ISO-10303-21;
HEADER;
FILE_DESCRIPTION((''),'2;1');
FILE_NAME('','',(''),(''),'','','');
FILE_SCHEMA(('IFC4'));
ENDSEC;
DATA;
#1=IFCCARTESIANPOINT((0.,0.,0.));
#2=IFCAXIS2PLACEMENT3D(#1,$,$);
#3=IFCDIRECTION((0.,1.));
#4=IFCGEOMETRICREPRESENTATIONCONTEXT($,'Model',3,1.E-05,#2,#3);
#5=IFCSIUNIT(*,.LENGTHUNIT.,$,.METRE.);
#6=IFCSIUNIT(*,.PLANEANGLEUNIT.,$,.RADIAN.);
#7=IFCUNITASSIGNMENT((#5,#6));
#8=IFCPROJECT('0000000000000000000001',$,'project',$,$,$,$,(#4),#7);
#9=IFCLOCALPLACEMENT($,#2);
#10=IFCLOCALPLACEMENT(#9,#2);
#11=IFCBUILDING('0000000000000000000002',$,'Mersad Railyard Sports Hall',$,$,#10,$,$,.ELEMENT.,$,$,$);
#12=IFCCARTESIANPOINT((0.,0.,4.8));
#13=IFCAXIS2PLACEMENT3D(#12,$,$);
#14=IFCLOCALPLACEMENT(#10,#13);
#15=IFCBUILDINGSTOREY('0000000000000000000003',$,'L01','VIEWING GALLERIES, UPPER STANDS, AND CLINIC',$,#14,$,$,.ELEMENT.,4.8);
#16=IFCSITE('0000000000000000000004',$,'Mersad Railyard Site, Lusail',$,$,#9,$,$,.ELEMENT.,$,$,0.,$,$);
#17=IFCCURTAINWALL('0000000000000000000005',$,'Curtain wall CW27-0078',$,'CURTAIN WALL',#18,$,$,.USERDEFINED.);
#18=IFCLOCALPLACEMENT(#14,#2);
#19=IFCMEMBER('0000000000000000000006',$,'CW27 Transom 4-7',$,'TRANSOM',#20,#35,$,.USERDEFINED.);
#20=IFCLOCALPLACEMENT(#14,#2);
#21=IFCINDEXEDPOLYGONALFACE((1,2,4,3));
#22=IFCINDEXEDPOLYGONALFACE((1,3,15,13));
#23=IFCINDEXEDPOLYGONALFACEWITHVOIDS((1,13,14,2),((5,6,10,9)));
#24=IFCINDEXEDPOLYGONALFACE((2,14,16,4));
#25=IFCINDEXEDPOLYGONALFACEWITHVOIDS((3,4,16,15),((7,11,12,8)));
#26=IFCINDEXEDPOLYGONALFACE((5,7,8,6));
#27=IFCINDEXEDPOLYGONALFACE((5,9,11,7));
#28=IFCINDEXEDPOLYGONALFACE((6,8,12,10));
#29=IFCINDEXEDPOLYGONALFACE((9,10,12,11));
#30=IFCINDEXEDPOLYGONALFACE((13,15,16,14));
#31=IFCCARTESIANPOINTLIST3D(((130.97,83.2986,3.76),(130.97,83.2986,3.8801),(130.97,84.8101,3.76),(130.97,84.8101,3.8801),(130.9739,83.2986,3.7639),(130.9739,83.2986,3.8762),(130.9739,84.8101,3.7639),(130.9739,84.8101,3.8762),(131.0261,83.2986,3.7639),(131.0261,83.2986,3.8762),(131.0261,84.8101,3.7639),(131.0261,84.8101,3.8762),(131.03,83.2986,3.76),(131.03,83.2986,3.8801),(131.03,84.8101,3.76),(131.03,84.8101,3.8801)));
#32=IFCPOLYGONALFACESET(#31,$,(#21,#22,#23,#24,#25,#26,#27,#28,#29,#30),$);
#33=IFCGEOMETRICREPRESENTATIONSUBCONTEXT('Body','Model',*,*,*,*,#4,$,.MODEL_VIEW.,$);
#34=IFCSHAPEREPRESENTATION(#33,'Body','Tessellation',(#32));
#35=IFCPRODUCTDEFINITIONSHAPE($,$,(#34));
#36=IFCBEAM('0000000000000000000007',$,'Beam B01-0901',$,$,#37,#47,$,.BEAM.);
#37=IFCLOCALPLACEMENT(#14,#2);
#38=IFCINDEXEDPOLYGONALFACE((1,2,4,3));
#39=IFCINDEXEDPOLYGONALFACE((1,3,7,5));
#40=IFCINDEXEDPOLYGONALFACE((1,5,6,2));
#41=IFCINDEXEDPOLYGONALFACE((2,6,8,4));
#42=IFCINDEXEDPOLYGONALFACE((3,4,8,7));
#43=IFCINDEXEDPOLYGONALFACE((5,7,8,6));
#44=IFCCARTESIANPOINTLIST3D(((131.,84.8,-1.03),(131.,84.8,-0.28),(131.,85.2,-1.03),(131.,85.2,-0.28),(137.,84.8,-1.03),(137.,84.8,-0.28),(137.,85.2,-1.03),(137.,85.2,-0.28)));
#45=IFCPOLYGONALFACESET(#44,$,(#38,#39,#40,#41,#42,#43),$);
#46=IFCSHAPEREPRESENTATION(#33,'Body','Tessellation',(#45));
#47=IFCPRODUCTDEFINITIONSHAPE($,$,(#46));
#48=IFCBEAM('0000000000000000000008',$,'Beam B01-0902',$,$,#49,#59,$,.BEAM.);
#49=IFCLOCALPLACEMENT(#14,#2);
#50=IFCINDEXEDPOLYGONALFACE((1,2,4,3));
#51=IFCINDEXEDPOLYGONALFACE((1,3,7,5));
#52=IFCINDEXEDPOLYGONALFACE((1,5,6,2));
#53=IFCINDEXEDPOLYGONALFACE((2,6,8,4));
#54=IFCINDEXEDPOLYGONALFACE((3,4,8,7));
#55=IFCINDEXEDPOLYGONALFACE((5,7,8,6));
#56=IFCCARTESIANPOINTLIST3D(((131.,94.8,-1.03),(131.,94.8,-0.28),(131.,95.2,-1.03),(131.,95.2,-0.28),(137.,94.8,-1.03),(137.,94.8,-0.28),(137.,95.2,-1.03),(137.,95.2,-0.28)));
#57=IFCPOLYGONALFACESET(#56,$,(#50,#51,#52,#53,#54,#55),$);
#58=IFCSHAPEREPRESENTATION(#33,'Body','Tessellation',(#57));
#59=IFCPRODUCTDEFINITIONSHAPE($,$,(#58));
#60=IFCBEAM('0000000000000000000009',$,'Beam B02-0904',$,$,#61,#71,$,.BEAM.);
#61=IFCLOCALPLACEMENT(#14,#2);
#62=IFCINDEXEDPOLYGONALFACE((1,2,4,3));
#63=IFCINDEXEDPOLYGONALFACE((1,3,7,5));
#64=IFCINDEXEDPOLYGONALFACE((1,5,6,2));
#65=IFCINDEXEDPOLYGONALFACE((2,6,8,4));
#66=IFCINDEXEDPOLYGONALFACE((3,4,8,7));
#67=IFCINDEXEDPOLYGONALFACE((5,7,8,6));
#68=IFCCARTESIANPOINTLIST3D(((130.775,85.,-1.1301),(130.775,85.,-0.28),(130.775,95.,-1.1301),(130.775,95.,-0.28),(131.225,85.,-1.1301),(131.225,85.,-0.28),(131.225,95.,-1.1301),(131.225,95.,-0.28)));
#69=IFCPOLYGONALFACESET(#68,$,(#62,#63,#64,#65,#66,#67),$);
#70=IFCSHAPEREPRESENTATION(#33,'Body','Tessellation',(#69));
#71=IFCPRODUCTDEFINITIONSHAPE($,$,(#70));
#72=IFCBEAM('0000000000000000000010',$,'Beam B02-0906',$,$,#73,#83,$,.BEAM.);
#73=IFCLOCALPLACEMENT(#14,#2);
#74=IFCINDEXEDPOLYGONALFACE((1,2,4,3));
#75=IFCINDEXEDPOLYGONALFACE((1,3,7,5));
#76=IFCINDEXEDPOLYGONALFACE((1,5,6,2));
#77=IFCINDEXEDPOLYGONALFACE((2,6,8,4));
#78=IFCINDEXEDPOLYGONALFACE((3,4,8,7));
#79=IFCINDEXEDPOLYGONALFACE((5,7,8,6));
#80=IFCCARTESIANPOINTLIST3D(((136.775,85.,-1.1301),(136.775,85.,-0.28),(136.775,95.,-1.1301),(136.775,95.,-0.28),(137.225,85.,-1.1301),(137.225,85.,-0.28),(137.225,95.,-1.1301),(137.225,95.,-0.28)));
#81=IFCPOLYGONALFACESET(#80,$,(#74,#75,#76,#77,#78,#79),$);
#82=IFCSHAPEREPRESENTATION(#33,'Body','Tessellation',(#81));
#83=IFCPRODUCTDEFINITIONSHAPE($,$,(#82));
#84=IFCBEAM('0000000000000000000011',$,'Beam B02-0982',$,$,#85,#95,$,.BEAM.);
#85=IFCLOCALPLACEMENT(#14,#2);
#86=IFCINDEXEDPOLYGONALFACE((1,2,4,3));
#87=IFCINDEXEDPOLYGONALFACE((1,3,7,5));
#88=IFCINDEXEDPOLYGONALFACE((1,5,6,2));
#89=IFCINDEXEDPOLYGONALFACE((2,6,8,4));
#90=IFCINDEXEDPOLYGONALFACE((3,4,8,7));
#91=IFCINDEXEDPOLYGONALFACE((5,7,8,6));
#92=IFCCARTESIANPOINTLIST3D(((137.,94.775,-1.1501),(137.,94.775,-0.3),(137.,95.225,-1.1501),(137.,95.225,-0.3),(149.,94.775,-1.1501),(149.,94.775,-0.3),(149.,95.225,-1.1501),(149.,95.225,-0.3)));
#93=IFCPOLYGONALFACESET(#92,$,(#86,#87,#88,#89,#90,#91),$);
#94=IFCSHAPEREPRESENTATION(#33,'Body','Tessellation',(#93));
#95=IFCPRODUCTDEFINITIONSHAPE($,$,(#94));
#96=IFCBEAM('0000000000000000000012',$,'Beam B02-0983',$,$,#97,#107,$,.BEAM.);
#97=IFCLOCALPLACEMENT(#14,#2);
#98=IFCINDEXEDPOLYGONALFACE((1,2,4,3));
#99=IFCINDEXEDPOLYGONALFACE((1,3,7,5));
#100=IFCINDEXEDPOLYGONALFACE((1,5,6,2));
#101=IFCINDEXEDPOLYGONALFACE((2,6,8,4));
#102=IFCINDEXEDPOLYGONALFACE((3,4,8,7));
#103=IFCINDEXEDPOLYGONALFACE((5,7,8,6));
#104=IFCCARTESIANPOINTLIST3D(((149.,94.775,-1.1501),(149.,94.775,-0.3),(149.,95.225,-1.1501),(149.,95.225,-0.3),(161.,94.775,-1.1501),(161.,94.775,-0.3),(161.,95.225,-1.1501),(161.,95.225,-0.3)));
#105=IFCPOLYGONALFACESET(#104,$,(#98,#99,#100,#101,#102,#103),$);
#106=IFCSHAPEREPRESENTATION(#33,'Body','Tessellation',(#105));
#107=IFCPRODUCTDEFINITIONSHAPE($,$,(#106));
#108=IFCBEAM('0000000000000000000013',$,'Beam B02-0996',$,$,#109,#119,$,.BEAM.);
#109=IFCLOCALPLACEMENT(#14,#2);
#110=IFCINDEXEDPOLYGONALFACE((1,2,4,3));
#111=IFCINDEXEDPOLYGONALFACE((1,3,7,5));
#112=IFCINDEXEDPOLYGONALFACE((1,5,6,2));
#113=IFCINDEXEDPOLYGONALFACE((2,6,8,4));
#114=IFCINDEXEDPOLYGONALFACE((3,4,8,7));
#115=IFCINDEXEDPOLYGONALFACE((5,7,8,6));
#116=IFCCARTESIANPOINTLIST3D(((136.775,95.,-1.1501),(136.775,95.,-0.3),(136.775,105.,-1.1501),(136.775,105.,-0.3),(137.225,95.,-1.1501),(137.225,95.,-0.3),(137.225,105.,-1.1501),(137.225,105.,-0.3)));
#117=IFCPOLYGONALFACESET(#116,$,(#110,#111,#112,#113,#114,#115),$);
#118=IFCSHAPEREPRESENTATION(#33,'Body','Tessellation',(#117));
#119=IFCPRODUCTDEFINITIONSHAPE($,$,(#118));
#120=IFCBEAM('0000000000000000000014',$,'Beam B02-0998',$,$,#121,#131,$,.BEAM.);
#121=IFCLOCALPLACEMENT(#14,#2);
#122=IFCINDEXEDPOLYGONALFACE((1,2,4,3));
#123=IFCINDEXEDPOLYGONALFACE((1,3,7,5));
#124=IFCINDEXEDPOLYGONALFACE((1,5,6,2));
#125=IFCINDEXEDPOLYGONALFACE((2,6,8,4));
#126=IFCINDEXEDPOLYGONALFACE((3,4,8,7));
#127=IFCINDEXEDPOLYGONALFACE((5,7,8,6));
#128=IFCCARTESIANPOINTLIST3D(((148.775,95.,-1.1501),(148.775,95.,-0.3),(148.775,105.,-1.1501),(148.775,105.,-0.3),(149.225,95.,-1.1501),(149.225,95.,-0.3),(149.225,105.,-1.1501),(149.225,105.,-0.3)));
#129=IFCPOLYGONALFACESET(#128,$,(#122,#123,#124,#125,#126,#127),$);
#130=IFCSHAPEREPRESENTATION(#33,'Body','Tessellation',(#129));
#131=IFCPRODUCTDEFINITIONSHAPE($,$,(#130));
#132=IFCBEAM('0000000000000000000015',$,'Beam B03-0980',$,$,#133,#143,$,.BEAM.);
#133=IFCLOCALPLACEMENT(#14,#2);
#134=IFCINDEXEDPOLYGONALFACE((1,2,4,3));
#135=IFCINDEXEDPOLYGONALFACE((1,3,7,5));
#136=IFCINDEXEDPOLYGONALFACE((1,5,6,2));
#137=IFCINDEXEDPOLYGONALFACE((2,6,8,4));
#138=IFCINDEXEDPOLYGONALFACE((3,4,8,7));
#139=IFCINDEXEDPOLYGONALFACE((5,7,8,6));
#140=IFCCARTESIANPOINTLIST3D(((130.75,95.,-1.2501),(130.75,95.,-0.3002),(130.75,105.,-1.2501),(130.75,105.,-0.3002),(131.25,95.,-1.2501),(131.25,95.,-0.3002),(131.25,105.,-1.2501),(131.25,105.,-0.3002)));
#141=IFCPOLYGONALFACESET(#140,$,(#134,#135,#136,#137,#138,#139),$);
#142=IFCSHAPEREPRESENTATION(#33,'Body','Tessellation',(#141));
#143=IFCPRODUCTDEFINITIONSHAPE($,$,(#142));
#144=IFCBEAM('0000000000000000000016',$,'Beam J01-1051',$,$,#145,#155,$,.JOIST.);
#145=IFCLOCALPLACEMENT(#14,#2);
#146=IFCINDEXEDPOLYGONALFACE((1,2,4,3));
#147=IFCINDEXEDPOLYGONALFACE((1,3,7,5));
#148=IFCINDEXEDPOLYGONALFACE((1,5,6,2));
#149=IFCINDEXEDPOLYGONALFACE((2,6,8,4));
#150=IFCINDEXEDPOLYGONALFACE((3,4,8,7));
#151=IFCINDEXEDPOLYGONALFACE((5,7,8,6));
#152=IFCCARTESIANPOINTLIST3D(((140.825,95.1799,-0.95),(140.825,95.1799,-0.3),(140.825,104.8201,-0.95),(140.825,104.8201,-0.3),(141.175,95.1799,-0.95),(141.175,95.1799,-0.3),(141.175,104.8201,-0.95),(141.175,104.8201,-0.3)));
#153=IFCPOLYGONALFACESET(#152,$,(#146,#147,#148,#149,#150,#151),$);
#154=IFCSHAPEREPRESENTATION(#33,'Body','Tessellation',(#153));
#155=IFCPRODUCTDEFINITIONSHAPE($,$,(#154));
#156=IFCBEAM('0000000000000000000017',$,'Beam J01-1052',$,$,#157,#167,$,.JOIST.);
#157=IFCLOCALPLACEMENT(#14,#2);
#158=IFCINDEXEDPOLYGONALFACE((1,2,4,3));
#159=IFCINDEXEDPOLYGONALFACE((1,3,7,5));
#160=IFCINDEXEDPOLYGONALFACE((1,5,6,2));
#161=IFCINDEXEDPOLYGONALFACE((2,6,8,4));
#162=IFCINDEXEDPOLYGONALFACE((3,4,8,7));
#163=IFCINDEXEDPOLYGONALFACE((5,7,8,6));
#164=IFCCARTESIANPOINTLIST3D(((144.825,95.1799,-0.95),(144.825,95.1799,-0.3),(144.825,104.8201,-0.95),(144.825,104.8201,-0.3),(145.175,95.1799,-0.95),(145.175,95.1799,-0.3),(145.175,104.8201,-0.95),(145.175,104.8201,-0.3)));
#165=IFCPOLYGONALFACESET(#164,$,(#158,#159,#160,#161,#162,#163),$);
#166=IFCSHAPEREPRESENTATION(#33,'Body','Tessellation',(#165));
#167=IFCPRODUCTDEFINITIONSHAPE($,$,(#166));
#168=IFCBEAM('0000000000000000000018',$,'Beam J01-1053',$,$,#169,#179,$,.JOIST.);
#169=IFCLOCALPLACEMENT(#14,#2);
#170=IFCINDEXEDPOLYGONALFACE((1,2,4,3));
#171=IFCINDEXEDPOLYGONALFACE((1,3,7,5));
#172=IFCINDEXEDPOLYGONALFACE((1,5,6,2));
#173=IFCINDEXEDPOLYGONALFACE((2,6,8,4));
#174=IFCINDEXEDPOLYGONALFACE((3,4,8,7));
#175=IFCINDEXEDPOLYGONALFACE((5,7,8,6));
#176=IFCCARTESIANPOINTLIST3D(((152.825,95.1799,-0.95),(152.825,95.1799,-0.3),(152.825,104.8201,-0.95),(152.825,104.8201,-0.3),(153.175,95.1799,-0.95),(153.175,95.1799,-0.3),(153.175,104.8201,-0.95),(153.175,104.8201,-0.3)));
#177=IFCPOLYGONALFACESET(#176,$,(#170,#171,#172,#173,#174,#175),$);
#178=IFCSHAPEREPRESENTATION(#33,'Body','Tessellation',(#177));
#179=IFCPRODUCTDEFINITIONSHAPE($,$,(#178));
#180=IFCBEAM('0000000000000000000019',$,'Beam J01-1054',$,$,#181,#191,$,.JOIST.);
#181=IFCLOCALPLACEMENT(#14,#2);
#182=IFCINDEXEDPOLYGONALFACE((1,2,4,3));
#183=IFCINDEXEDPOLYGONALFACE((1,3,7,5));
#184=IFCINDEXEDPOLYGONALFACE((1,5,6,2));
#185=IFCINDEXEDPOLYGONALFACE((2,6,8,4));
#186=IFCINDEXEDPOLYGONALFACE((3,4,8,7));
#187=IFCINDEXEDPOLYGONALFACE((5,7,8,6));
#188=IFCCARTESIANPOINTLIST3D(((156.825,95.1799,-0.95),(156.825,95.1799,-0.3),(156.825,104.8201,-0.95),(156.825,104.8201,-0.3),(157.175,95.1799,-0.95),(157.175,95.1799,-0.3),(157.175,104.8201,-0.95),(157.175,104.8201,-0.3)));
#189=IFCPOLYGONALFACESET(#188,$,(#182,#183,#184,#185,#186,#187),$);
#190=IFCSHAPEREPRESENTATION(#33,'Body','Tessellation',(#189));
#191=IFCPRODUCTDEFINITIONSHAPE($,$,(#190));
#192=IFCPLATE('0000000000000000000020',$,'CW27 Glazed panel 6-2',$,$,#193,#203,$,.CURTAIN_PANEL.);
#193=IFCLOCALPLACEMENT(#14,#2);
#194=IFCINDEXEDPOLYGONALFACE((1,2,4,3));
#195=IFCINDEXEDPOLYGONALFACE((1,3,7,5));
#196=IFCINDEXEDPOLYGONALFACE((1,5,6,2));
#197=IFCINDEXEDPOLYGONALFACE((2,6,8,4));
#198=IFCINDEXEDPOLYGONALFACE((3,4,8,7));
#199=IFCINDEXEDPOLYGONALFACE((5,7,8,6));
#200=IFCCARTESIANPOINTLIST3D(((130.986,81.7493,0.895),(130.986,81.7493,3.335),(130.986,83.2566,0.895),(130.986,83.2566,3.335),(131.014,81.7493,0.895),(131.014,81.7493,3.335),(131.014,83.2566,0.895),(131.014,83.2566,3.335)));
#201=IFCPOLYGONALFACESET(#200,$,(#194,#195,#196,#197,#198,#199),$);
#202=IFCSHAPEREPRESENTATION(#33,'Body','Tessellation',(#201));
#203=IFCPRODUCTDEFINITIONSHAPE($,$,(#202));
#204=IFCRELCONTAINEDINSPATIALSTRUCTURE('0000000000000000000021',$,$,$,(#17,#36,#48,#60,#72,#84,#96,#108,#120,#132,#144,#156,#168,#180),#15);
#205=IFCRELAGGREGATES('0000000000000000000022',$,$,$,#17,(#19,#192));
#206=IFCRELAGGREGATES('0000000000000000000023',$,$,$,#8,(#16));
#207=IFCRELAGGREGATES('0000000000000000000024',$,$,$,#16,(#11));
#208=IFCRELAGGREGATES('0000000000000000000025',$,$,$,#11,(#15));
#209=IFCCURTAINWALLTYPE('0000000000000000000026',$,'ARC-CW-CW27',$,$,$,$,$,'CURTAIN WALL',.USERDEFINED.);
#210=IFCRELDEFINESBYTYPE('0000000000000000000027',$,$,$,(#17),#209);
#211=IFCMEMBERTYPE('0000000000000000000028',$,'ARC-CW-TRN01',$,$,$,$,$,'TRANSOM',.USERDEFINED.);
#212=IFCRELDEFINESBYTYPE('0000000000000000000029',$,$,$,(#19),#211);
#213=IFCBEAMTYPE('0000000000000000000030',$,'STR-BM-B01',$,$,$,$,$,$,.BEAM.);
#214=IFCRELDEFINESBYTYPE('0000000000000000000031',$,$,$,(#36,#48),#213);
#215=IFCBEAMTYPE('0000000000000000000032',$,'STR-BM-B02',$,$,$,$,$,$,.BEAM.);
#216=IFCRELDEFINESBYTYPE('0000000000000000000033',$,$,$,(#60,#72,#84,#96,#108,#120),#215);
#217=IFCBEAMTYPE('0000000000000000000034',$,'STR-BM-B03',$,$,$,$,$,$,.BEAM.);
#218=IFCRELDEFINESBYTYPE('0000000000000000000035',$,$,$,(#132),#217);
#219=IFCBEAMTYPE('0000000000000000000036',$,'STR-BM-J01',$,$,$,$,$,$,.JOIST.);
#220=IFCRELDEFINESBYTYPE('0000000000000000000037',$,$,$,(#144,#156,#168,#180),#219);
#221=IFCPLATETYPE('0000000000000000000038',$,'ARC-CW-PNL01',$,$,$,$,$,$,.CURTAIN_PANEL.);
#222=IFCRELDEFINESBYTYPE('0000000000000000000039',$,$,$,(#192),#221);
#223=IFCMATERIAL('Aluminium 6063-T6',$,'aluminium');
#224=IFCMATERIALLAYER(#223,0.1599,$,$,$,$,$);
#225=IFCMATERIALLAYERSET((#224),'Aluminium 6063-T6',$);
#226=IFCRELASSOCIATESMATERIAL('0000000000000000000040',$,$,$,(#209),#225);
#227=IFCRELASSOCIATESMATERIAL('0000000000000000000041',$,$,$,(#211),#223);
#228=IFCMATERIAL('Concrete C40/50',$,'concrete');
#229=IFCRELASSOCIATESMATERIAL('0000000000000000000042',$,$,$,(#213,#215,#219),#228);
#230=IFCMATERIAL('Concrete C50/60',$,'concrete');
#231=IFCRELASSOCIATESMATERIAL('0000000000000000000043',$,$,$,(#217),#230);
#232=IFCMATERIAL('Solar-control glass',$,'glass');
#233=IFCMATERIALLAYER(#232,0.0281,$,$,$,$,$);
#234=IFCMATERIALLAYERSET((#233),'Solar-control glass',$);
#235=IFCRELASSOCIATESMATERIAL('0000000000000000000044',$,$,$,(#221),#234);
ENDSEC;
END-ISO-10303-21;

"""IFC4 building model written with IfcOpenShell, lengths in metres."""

from ifc_helpers import new_model, si_unit, direction, frame, origin, origin_2d, place, context, subcontext, project, spatial, rectangle, hollow_rectangle, extrude, material, layer, layer_set, material_profile, profile_set, type_object, element, aggregate, save


model = new_model("IFC4")

# Units and contexts
model_context = context("Model", 3, precision=1e-05, world=origin(), true_north=direction((0.0, 1.0)))
body_context = subcontext(model_context, "Body", "Model", "MODEL_VIEW")
ifc_project = project(units=[si_unit("LENGTHUNIT", "METRE"), si_unit("PLANEANGLEUNIT", "RADIAN")], contexts=[model_context])

# Site, building, storey
site_placement = place(None, origin())
site = spatial("IfcSite", under=ifc_project, at=site_placement, Name="Mersad Railyard Site, Lusail", CompositionType="ELEMENT", RefElevation=0.0)
building_placement = place(site_placement, origin())
building = spatial("IfcBuilding", under=site, at=building_placement, Name="Mersad Railyard Sports Hall", CompositionType="ELEMENT")
storey_placement = place(building_placement, frame((0.0, 0.0, 4.8)))
storey = spatial("IfcBuildingStorey", under=building, at=storey_placement, Name="L01", Description="VIEWING GALLERIES, UPPER STANDS, AND CLINIC", CompositionType="ELEMENT", Elevation=4.8)

# Shared definitions
ifc_material_1 = material(Name="Concrete C50/60", Category="concrete")
ifc_material_2 = material(Name="Concrete C40/50", Category="concrete")

# Curtain wall, member
ifc_material_3 = material(Name="Aluminium 6063-T6", Category="aluminium")
ifc_layer_1 = layer(ifc_material_3, 0.1599)
ifc_layer_set_1 = layer_set([ifc_layer_1], Name="Aluminium 6063-T6")
curtain_wall_type = type_object("IfcCurtainWallType", Name="ARC-CW-CW27", ElementType="CURTAIN WALL", PredefinedType="USERDEFINED", material=ifc_layer_set_1)
curtain_wall_placement = place(storey_placement, origin())
curtain_wall = element("IfcCurtainWall", 1, at=curtain_wall_placement, inside=storey, type_object=curtain_wall_type, Name="Curtain wall CW27-0078", ObjectType="CURTAIN WALL", PredefinedType="USERDEFINED")
ifc_material_profile_1 = material_profile(ifc_material_3, hollow_rectangle(XDim=0.0601, YDim=0.1201, WallThickness=0.0039, at=origin_2d()), Name="AL TRANSOM 60x120x4")
ifc_profile_set_1 = profile_set([ifc_material_profile_1], Name="Aluminium 6063-T6")
member_type_1 = type_object("IfcMemberType", Name="ARC-CW-TRN01", ElementType="TRANSOM", PredefinedType="USERDEFINED", material=ifc_profile_set_1)
member_1_placement = place(storey_placement, frame((131.0, 83.2986, 3.8201), z_axis=(0.0, 1.0, 0.0), x_axis=(-1.0, 0.0, 0.0)))
member_1 = element("IfcMember", 2, at=member_1_placement, type_object=member_type_1, Name="CW27 Transom 4-7", ObjectType="TRANSOM", PredefinedType="USERDEFINED", context=body_context, shape_type="SweptSolid", body=[
    extrude(hollow_rectangle(XDim=0.0601, YDim=0.1201, WallThickness=0.0039, at=origin_2d()), origin(), (0.0, 0.0, 1.0), 1.5115),
])

# Beams
ifc_material_profile_2 = material_profile(ifc_material_2, rectangle(XDim=0.3999, YDim=0.75, at=origin_2d()), Name="RC 400x750")
ifc_profile_set_2 = profile_set([ifc_material_profile_2], Name="Concrete C40/50")
beam_type_1 = type_object("IfcBeamType", Name="STR-BM-B01", PredefinedType="BEAM", material=ifc_profile_set_2)
for number, where, z_axis, x_axis, name in (
    (3, (131.0, 85.0, -0.655), (1.0, 0.0, 0.0), (0.0, 1.0, 0.0), "Beam B01-0901"),
    (4, (131.0, 95.0, -0.655), (1.0, 0.0, 0.0), (0.0, 1.0, 0.0), "Beam B01-0902"),
):
    element("IfcBeam", number, at=place(storey_placement, frame(where, z_axis=z_axis, x_axis=x_axis)), inside=storey, type_object=beam_type_1, Name=name, PredefinedType="BEAM", context=body_context, shape_type="SweptSolid", body=[
        extrude(rectangle(XDim=0.3999, YDim=0.75, at=origin_2d()), origin(), (0.0, 0.0, 1.0), 6.0),
    ])
ifc_material_profile_3 = material_profile(ifc_material_2, rectangle(XDim=0.45, YDim=0.8501, at=origin_2d()), Name="RC 450x850")
ifc_profile_set_3 = profile_set([ifc_material_profile_3], Name="Concrete C40/50")
beam_type_2 = type_object("IfcBeamType", Name="STR-BM-B02", PredefinedType="BEAM", material=ifc_profile_set_3)
for number, where, z_axis, x_axis, name in (
    (5, (131.0, 85.0, -0.7051), (0.0, 1.0, 0.0), (-1.0, 0.0, 0.0), "Beam B02-0904"),
    (6, (137.0, 85.0, -0.7051), (0.0, 1.0, 0.0), (-1.0, 0.0, 0.0), "Beam B02-0906"),
):
    element("IfcBeam", number, at=place(storey_placement, frame(where, z_axis=z_axis, x_axis=x_axis)), inside=storey, type_object=beam_type_2, Name=name, PredefinedType="BEAM", context=body_context, shape_type="SweptSolid", body=[
        extrude(rectangle(XDim=0.45, YDim=0.8501, at=origin_2d()), origin(), (0.0, 0.0, 1.0), 10.0),
    ])
for number, where, z_axis, x_axis, name in (
    (7, (137.0, 95.0, -0.7251), (1.0, 0.0, 0.0), (0.0, 1.0, 0.0), "Beam B02-0982"),
    (8, (149.0, 95.0, -0.7251), (1.0, 0.0, 0.0), (0.0, 1.0, 0.0), "Beam B02-0983"),
):
    element("IfcBeam", number, at=place(storey_placement, frame(where, z_axis=z_axis, x_axis=x_axis)), inside=storey, type_object=beam_type_2, Name=name, PredefinedType="BEAM", context=body_context, shape_type="SweptSolid", body=[
        extrude(rectangle(XDim=0.45, YDim=0.8501, at=origin_2d()), origin(), (0.0, 0.0, 1.0), 12.0),
    ])
for number, where, z_axis, x_axis, name in (
    (9, (137.0, 95.0, -0.7251), (0.0, 1.0, 0.0), (-1.0, 0.0, 0.0), "Beam B02-0996"),
    (10, (149.0, 95.0, -0.7251), (0.0, 1.0, 0.0), (-1.0, 0.0, 0.0), "Beam B02-0998"),
):
    element("IfcBeam", number, at=place(storey_placement, frame(where, z_axis=z_axis, x_axis=x_axis)), inside=storey, type_object=beam_type_2, Name=name, PredefinedType="BEAM", context=body_context, shape_type="SweptSolid", body=[
        extrude(rectangle(XDim=0.45, YDim=0.8501, at=origin_2d()), origin(), (0.0, 0.0, 1.0), 10.0),
    ])
ifc_material_profile_4 = material_profile(ifc_material_1, rectangle(XDim=0.5, YDim=0.95, at=origin_2d()), Name="RC 500x950")
ifc_profile_set_4 = profile_set([ifc_material_profile_4], Name="Concrete C50/60")
beam_type_3 = type_object("IfcBeamType", Name="STR-BM-B03", PredefinedType="BEAM", material=ifc_profile_set_4)
beam_placement = place(storey_placement, frame((131.0, 95.0, -0.7751), z_axis=(0.0, 1.0, 0.0), x_axis=(-1.0, 0.0, 0.0)))
element("IfcBeam", 11, at=beam_placement, inside=storey, type_object=beam_type_3, Name="Beam B03-0980", PredefinedType="BEAM", context=body_context, shape_type="SweptSolid", body=[
    extrude(rectangle(XDim=0.5, YDim=0.95, at=origin_2d()), origin(), (0.0, 0.0, 1.0), 10.0),
])
ifc_material_profile_5 = material_profile(ifc_material_2, rectangle(XDim=0.3501, YDim=0.6499, at=origin_2d()), Name="RC 350x650")
ifc_profile_set_5 = profile_set([ifc_material_profile_5], Name="Concrete C40/50")
beam_type_4 = type_object("IfcBeamType", Name="STR-BM-J01", PredefinedType="JOIST", material=ifc_profile_set_5)
for number, where, z_axis, x_axis, name in (
    (12, (141.0, 95.1799, -0.625), (0.0, 1.0, 0.0), (-1.0, 0.0, 0.0), "Beam J01-1051"),
    (13, (145.0, 95.1799, -0.625), (0.0, 1.0, 0.0), (-1.0, 0.0, 0.0), "Beam J01-1052"),
    (14, (153.0, 95.1799, -0.625), (0.0, 1.0, 0.0), (-1.0, 0.0, 0.0), "Beam J01-1053"),
    (15, (157.0, 95.1799, -0.625), (0.0, 1.0, 0.0), (-1.0, 0.0, 0.0), "Beam J01-1054"),
):
    element("IfcBeam", number, at=place(storey_placement, frame(where, z_axis=z_axis, x_axis=x_axis)), inside=storey, type_object=beam_type_4, Name=name, PredefinedType="JOIST", context=body_context, shape_type="SweptSolid", body=[
        extrude(rectangle(XDim=0.3501, YDim=0.6499, at=origin_2d()), origin(), (0.0, 0.0, 1.0), 9.6401),
    ])

# Plate
ifc_material_4 = material(Name="Solar-control glass", Category="glass")
ifc_layer_2 = layer(ifc_material_4, 0.0281)
ifc_layer_set_2 = layer_set([ifc_layer_2], Name="Solar-control glass")
plate_type = type_object("IfcPlateType", Name="ARC-CW-PNL01", PredefinedType="CURTAIN_PANEL", material=ifc_layer_set_2)
plate_1_placement = place(storey_placement, frame((131.0, 82.5029, 0.895), z_axis=(0.0, 0.0, 1.0), x_axis=(0.0, 1.0, 0.0)))
plate_1 = element("IfcPlate", 16, at=plate_1_placement, type_object=plate_type, Name="CW27 Glazed panel 6-2", PredefinedType="CURTAIN_PANEL", context=body_context, shape_type="SweptSolid", body=[
    extrude(rectangle(XDim=1.5073, YDim=0.0281, at=origin_2d()), origin(), (0.0, 0.0, 1.0), 2.4399),
])
aggregate(curtain_wall, [member_1, plate_1])

save(model, "model.ifc")
